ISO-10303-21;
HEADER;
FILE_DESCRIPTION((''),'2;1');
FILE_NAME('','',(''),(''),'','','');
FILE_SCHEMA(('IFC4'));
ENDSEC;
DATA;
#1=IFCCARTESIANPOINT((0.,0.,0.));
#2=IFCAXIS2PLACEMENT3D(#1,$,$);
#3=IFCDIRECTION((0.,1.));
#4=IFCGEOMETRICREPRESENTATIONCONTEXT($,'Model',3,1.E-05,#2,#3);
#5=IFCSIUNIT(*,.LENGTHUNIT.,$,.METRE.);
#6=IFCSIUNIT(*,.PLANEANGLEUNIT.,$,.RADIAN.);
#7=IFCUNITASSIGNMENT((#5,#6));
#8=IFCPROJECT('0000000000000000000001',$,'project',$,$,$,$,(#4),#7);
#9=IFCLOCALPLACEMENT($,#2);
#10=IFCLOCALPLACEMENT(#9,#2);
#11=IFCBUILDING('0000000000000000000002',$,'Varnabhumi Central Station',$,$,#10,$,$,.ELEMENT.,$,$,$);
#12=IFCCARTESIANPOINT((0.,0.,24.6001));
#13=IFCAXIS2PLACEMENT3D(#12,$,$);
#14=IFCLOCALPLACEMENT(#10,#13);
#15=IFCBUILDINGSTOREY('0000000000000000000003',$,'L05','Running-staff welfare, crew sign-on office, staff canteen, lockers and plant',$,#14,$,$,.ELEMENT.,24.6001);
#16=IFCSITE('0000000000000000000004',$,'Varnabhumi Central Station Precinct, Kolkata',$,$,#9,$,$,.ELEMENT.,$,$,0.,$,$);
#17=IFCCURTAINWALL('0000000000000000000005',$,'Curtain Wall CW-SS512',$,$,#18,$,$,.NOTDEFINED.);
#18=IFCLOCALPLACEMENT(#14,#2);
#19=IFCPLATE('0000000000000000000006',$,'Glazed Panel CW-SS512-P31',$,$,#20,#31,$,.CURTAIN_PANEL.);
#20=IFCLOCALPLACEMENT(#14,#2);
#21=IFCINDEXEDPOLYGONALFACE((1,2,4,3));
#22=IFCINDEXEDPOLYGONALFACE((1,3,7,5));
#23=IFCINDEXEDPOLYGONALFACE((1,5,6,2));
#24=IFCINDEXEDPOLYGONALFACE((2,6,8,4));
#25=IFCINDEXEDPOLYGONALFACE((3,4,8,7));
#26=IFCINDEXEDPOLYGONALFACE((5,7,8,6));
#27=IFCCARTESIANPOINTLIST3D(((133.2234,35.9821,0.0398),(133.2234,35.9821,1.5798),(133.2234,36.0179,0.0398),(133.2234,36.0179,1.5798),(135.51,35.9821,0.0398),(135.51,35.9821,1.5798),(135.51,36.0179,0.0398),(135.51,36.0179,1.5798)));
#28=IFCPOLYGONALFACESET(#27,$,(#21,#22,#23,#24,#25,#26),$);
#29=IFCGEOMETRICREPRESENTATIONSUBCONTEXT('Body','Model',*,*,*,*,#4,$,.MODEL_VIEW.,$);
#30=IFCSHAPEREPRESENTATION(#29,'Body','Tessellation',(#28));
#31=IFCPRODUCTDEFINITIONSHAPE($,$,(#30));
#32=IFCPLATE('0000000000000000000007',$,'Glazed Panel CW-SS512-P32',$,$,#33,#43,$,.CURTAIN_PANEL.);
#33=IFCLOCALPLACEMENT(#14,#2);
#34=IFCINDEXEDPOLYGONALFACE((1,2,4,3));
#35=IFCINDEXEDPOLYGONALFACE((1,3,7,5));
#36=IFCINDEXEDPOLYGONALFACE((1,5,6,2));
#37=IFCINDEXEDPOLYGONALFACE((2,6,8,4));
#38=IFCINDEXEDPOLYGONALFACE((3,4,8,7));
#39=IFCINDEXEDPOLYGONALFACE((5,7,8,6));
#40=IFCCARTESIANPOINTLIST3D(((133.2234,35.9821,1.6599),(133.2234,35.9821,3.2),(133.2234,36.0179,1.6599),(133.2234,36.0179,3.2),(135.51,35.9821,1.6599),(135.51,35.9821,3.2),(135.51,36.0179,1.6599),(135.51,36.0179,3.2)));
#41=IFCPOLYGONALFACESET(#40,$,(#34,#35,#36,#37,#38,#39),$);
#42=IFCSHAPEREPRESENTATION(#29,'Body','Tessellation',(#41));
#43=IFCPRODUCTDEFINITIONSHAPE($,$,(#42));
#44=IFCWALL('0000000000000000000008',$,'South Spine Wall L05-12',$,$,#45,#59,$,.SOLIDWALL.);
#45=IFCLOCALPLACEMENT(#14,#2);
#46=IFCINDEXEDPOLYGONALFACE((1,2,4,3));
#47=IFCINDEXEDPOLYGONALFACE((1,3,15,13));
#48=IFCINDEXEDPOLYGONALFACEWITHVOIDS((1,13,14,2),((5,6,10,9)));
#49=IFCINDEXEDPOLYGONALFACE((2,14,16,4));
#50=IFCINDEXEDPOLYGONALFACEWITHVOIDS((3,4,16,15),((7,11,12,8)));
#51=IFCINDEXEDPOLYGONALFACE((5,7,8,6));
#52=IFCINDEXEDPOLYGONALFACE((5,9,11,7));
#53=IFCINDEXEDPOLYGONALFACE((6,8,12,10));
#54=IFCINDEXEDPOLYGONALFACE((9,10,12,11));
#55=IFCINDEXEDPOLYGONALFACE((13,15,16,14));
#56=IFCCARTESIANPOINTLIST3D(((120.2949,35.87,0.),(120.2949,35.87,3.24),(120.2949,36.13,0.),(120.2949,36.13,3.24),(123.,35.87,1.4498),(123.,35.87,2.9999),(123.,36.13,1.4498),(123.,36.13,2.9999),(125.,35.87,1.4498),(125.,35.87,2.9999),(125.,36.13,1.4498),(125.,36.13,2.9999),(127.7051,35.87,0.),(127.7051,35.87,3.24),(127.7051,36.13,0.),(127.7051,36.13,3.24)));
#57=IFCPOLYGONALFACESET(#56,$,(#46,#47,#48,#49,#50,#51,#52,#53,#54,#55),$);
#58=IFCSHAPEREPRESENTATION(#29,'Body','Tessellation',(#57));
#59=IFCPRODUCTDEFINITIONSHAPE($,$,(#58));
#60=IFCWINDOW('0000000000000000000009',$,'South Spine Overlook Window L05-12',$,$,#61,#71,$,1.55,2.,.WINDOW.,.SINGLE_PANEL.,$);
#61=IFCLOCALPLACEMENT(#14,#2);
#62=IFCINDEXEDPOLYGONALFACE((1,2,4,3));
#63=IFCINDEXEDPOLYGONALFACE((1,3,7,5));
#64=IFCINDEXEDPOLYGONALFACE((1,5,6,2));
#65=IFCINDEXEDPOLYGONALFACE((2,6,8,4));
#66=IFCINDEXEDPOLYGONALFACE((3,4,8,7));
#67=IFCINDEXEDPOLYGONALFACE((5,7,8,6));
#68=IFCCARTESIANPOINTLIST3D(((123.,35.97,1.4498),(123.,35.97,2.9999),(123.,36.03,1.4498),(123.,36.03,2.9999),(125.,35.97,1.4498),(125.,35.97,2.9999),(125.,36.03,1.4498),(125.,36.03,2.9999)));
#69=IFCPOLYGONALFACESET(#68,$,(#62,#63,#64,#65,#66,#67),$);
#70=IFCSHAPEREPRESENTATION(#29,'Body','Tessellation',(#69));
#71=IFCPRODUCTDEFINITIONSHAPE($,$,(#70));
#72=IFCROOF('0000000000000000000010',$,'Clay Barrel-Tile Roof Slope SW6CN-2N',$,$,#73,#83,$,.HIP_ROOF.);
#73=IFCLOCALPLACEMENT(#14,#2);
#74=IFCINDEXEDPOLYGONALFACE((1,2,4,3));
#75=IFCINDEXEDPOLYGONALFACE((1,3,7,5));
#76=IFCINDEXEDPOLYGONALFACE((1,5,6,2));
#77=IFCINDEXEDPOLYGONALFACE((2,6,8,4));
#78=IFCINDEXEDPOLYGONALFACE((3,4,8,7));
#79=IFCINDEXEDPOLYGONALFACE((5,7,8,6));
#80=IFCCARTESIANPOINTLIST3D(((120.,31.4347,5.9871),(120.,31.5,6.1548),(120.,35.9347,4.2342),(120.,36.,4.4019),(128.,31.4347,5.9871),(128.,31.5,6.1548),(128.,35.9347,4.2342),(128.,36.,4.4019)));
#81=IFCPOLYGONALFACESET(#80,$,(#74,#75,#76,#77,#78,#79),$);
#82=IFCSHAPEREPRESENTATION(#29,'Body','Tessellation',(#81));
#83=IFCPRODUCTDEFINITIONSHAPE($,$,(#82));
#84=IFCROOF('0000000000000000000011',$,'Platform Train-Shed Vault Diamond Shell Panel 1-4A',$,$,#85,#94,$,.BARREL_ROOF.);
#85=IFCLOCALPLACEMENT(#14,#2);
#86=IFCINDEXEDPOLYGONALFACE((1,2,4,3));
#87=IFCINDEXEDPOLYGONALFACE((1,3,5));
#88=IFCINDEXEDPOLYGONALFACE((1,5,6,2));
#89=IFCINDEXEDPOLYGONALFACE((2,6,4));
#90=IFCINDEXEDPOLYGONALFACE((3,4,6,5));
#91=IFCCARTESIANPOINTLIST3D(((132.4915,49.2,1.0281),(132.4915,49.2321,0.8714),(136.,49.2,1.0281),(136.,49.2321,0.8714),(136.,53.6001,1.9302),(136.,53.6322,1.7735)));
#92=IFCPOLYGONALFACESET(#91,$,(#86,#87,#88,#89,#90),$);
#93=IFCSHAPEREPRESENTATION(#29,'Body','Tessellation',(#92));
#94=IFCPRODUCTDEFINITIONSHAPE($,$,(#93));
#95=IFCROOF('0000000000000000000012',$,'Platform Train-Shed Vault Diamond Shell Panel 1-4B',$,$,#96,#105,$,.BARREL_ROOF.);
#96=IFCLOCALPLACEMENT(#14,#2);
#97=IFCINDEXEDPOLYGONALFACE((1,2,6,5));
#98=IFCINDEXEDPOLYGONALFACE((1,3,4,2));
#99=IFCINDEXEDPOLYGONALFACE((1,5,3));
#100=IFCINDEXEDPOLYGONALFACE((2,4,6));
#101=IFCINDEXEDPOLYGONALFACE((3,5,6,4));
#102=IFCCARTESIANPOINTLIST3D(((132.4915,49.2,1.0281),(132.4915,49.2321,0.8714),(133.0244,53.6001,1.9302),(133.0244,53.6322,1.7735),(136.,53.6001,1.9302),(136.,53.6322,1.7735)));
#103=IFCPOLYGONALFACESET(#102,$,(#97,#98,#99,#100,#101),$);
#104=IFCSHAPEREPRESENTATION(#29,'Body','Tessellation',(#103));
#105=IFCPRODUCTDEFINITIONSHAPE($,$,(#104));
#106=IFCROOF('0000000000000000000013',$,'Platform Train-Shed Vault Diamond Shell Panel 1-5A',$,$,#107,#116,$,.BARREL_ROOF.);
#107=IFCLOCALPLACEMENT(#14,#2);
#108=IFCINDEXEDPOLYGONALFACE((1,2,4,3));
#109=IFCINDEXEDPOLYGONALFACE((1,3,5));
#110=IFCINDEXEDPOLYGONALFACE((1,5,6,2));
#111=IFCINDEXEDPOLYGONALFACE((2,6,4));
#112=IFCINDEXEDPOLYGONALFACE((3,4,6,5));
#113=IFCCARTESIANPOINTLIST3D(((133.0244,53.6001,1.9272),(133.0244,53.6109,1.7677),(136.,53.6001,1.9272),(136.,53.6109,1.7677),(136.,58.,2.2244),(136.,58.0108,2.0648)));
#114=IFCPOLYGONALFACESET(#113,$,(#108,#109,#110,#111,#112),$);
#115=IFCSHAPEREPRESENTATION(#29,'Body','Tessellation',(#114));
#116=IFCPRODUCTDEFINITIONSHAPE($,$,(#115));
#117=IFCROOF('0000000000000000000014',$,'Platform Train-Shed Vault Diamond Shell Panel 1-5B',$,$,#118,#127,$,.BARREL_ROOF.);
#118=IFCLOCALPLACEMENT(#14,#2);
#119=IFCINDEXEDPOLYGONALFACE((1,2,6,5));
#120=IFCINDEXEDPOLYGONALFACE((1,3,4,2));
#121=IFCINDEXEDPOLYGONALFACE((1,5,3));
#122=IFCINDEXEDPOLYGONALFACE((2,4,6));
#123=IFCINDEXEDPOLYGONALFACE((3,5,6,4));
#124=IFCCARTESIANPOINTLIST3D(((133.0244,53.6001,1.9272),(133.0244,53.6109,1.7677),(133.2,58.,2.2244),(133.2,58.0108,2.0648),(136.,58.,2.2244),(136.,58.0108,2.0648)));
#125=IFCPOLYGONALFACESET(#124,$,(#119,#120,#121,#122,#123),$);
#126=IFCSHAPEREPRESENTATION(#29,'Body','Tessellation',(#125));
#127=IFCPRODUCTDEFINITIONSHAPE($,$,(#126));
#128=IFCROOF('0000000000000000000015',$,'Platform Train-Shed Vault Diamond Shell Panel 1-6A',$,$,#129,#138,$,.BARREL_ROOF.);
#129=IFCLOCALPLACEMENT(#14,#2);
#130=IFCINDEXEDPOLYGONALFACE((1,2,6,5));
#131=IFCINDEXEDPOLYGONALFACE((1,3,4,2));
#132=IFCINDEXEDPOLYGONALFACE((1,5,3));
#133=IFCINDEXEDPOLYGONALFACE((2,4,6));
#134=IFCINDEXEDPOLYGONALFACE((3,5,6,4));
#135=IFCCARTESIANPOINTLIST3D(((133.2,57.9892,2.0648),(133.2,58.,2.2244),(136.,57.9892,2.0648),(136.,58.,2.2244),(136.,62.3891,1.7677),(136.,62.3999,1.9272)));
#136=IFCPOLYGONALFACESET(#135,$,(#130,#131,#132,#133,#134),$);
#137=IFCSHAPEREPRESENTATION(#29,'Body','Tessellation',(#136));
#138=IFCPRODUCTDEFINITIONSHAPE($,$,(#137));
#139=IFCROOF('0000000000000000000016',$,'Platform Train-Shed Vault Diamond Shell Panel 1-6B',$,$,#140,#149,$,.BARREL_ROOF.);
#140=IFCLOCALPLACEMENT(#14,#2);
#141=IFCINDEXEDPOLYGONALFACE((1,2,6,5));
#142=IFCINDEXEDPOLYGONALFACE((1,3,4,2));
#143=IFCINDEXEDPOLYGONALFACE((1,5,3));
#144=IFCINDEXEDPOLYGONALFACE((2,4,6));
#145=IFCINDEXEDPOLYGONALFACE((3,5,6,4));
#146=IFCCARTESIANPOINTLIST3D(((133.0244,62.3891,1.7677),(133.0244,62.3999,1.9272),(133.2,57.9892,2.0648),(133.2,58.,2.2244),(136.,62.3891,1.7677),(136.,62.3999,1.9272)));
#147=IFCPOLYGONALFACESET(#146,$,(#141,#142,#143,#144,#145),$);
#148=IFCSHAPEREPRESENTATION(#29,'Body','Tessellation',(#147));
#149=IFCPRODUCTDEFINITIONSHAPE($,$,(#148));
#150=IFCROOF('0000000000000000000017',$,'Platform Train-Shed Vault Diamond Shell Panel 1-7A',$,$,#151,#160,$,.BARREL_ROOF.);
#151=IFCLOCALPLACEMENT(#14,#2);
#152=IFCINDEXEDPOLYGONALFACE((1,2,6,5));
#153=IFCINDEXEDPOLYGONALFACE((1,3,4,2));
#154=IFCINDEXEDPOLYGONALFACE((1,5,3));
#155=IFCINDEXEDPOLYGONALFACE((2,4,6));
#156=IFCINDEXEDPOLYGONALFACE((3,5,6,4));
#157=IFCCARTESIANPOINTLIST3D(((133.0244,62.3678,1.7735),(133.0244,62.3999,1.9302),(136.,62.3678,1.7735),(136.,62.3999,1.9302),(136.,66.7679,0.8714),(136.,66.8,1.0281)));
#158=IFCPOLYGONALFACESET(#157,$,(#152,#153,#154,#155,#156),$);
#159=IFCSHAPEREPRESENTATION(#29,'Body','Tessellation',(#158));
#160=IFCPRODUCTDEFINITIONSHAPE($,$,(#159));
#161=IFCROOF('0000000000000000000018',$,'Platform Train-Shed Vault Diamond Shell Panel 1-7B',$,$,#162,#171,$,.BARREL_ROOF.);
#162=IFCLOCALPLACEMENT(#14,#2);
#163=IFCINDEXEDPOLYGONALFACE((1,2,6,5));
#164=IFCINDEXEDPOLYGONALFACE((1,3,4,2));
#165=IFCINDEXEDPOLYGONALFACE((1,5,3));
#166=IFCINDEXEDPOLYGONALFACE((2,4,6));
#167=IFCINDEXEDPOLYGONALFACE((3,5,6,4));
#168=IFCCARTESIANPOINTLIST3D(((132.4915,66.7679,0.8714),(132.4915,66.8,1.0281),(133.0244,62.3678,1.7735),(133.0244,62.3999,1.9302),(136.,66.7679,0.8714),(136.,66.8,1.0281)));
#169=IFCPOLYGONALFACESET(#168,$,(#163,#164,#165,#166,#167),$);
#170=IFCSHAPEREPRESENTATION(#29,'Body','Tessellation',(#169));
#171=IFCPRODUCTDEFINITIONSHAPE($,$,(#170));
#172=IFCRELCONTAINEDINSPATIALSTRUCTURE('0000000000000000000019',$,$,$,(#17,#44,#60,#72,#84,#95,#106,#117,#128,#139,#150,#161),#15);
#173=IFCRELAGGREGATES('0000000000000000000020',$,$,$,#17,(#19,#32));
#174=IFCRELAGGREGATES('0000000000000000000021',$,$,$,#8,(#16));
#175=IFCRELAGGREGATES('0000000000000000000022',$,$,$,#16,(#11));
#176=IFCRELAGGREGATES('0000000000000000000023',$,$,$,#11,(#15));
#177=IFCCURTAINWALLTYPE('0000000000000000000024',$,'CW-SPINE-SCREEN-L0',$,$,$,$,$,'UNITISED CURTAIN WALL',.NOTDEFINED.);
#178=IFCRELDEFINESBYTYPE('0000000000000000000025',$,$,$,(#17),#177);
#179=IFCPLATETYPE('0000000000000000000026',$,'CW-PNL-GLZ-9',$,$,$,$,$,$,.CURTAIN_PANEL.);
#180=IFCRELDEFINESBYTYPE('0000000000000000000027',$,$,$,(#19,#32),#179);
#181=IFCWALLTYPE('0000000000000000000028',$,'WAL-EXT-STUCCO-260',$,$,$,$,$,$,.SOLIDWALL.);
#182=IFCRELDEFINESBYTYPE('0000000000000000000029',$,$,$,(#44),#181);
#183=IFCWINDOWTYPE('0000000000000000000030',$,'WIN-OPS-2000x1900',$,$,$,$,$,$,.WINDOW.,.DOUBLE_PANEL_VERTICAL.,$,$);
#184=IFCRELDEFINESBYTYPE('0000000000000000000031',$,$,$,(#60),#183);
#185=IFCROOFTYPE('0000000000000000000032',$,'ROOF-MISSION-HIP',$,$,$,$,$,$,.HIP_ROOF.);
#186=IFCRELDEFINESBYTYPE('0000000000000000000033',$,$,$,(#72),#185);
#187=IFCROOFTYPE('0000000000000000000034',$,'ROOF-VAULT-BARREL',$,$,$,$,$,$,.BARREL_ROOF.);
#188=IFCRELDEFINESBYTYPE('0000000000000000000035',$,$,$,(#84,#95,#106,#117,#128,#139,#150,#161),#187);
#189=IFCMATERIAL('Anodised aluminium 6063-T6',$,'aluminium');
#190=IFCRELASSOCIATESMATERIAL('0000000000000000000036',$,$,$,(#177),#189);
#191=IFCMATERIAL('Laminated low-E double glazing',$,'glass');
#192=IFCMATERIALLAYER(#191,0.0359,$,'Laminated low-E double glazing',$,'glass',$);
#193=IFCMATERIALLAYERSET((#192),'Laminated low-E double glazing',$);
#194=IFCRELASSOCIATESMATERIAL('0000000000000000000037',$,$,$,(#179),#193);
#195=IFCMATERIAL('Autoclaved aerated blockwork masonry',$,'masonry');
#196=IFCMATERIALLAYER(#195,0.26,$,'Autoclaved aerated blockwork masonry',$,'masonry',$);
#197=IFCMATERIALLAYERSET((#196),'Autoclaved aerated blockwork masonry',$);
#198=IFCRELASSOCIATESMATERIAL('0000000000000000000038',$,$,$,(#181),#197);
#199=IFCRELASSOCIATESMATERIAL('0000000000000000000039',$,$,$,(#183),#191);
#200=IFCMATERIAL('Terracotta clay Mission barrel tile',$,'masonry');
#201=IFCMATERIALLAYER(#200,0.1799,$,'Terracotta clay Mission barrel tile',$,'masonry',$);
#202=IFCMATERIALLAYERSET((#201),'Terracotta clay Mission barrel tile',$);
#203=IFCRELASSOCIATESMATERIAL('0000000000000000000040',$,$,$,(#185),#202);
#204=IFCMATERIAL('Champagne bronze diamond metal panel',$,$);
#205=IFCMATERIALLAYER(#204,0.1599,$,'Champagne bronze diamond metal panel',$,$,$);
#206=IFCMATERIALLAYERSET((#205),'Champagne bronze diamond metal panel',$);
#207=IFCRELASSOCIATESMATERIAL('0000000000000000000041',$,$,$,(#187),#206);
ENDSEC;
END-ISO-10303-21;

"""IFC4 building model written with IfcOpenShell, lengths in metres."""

from ifc_helpers import new_model, si_unit, direction, frame, frame_2d, origin, origin_2d, place, context, subcontext, project, spatial, polyline, rectangle, outline, extrude, material, layer, layer_set, type_object, element, fill, aggregate, save


model = new_model("IFC4")

# Units and contexts
model_context = context("Model", 3, precision=1e-05, world=origin(), true_north=direction((0.0, 1.0)))
body_context = subcontext(model_context, "Body", "Model", "MODEL_VIEW")
ifc_project = project(units=[si_unit("LENGTHUNIT", "METRE"), si_unit("PLANEANGLEUNIT", "RADIAN")], contexts=[model_context])

# Site, building, storey
site_placement = place(None, origin())
site = spatial("IfcSite", under=ifc_project, at=site_placement, Name="Varnabhumi Central Station Precinct, Kolkata", CompositionType="ELEMENT", RefElevation=0.0)
building_placement = place(site_placement, origin())
building = spatial("IfcBuilding", under=site, at=building_placement, Name="Varnabhumi Central Station", CompositionType="ELEMENT")
storey_placement = place(building_placement, frame((0.0, 0.0, 24.6001)))
storey = spatial("IfcBuildingStorey", under=building, at=storey_placement, Name="L05", Description="Running-staff welfare, crew sign-on office, staff canteen, lockers and plant", CompositionType="ELEMENT", Elevation=24.6001)

# Curtain wall
ifc_material_1 = material(Name="Anodised aluminium 6063-T6", Category="aluminium")
curtain_wall_type = type_object("IfcCurtainWallType", Name="CW-SPINE-SCREEN-L0", ElementType="UNITISED CURTAIN WALL", PredefinedType="NOTDEFINED", material=ifc_material_1)
curtain_wall_placement = place(storey_placement, origin())
curtain_wall = element("IfcCurtainWall", 1, at=curtain_wall_placement, inside=storey, type_object=curtain_wall_type, Name="Curtain Wall CW-SS512", PredefinedType="NOTDEFINED")

# Plates
ifc_material_2 = material(Name="Laminated low-E double glazing", Category="glass")
ifc_layer_1 = layer(ifc_material_2, 0.0359, Name="Laminated low-E double glazing", Category="glass")
ifc_layer_set_1 = layer_set([ifc_layer_1], Name="Laminated low-E double glazing")
plate_type = type_object("IfcPlateType", Name="CW-PNL-GLZ-9", PredefinedType="CURTAIN_PANEL", material=ifc_layer_set_1)
plate_1_placement = place(storey_placement, frame((134.3667, 36.0, 0.0398), z_axis=(0.0, 0.0, 1.0), x_axis=(1.0, 0.0, 0.0)))
plate_1 = element("IfcPlate", 2, at=plate_1_placement, type_object=plate_type, Name="Glazed Panel CW-SS512-P31", PredefinedType="CURTAIN_PANEL", context=body_context, shape_type="SweptSolid", body=[
    extrude(rectangle(XDim=2.2866, YDim=0.0359, at=origin_2d()), origin(), (0.0, 0.0, 1.0), 1.54),
])
plate_2_placement = place(storey_placement, frame((134.3667, 36.0, 1.6599), z_axis=(0.0, 0.0, 1.0), x_axis=(1.0, 0.0, 0.0)))
plate_2 = element("IfcPlate", 3, at=plate_2_placement, type_object=plate_type, Name="Glazed Panel CW-SS512-P32", PredefinedType="CURTAIN_PANEL", context=body_context, shape_type="SweptSolid", body=[
    extrude(rectangle(XDim=2.2866, YDim=0.0359, at=origin_2d()), origin(), (0.0, 0.0, 1.0), 1.54),
])
aggregate(curtain_wall, [plate_1, plate_2])

# Wall, opening, window
ifc_material_3 = material(Name="Autoclaved aerated blockwork masonry", Category="masonry")
ifc_layer_2 = layer(ifc_material_3, 0.26, Name="Autoclaved aerated blockwork masonry", Category="masonry")
ifc_layer_set_2 = layer_set([ifc_layer_2], Name="Autoclaved aerated blockwork masonry")
wall_type = type_object("IfcWallType", Name="WAL-EXT-STUCCO-260", PredefinedType="SOLIDWALL", material=ifc_layer_set_2)
wall_placement = place(storey_placement, frame((120.2949, 36.0, 0.0), z_axis=(0.0, 0.0, 1.0), x_axis=(1.0, 0.0, 0.0)))
wall = element("IfcWall", 4, at=wall_placement, inside=storey, type_object=wall_type, Name="South Spine Wall L05-12", PredefinedType="SOLIDWALL", context=body_context, shape_type="SweptSolid", body=[
    extrude(rectangle(XDim=7.4102, YDim=0.26, at=frame_2d((3.7051, 0.0))), origin(), (0.0, 0.0, 1.0), 3.24),
])
opening_placement = place(wall_placement, frame((2.7051, 0.0, 1.45)))
opening = element("IfcOpeningElement", 5, at=opening_placement, cuts=wall, PredefinedType="OPENING", context=body_context, shape_type="SweptSolid", body=[
    extrude(rectangle(XDim=2.0, YDim=1.55, at=frame_2d((1.0, 0.7749))), frame((0.0, 0.1399, 0.0), z_axis=(0.0, -1.0, 0.0), x_axis=(1.0, 0.0, 0.0)), (0.0, 0.0, 1.0), 0.28),
])
window_type = type_object("IfcWindowType", Name="WIN-OPS-2000x1900", PartitioningType="DOUBLE_PANEL_VERTICAL", PredefinedType="WINDOW", material=ifc_material_2)
window_placement = place(opening_placement, origin())
window = element("IfcWindow", 6, at=window_placement, inside=storey, type_object=window_type, Name="South Spine Overlook Window L05-12", OverallHeight=1.55, OverallWidth=2.0, PartitioningType="SINGLE_PANEL", PredefinedType="WINDOW", context=body_context, shape_type="SweptSolid", body=[
    extrude(rectangle(XDim=2.0, YDim=1.55, at=frame_2d((1.0, 0.7749))), frame((0.0, 0.03, 0.0), z_axis=(0.0, -1.0, 0.0), x_axis=(1.0, 0.0, 0.0)), (0.0, 0.0, 1.0), 0.0601),
])
fill(opening, window)

# Roofs
ifc_material_4 = material(Name="Terracotta clay Mission barrel tile", Category="masonry")
ifc_layer_3 = layer(ifc_material_4, 0.1799, Name="Terracotta clay Mission barrel tile", Category="masonry")
ifc_layer_set_3 = layer_set([ifc_layer_3], Name="Terracotta clay Mission barrel tile")
roof_type_1 = type_object("IfcRoofType", Name="ROOF-MISSION-HIP", PredefinedType="HIP_ROOF", material=ifc_layer_set_3)
roof_1_placement = place(storey_placement, frame((128.0, 36.0, 4.4019), z_axis=(0.0, 0.362973, 0.9318), x_axis=(-1.0, 0.0, 0.0)))
element("IfcRoof", 7, at=roof_1_placement, inside=storey, type_object=roof_type_1, Name="Clay Barrel-Tile Roof Slope SW6CN-2N", PredefinedType="HIP_ROOF", context=body_context, shape_type="SweptSolid", body=[
    extrude(outline(polyline([(0.0, 0.0), (8.0, 0.0), (8.0, 4.8294), (0.0, 4.8294), (0.0, 0.0)])), origin(), (0.0, 0.0, -1.0), 0.1799),
])
ifc_material_5 = material(Name="Champagne bronze diamond metal panel")
ifc_layer_4 = layer(ifc_material_5, 0.1599, Name="Champagne bronze diamond metal panel")
ifc_layer_set_4 = layer_set([ifc_layer_4], Name="Champagne bronze diamond metal panel")
roof_type_2 = type_object("IfcRoofType", Name="ROOF-VAULT-BARREL", PredefinedType="BARREL_ROOF", material=ifc_layer_set_4)
roof_2_placement = place(storey_placement, frame((132.4915, 49.2, 1.0281), z_axis=(0.0, -0.200838, 0.979624), x_axis=(1.0, 0.0, 0.0)))
element("IfcRoof", 8, at=roof_2_placement, inside=storey, type_object=roof_type_2, Name="Platform Train-Shed Vault Diamond Shell Panel 1-4A", PredefinedType="BARREL_ROOF", context=body_context, shape_type="SweptSolid", body=[
    extrude(outline(polyline([(0.0, 0.0), (3.5085, 0.0), (3.5085, 4.4917), (0.0, 0.0)])), origin(), (0.0, 0.0, -1.0), 0.1599),
])
roof_3_placement = place(storey_placement, frame((132.4915, 49.2, 1.0281), z_axis=(0.0, -0.200838, 0.979624), x_axis=(0.615582, 0.772015, 0.158275)))
element("IfcRoof", 9, at=roof_3_placement, inside=storey, type_object=roof_type_2, Name="Platform Train-Shed Vault Diamond Shell Panel 1-4B", PredefinedType="BARREL_ROOF", context=body_context, shape_type="SweptSolid", body=[
    extrude(outline(polyline([(0.0, 0.0), (5.6996, 0.0), (3.8678, 2.345), (0.0, 0.0)])), origin(), (0.0, 0.0, -1.0), 0.1599),
])
roof_4_placement = place(storey_placement, frame((133.0244, 53.6001, 1.9272), z_axis=(0.0, -0.067375, 0.997728), x_axis=(1.0, 0.0, 0.0)))
element("IfcRoof", 10, at=roof_4_placement, inside=storey, type_object=roof_type_2, Name="Platform Train-Shed Vault Diamond Shell Panel 1-5A", PredefinedType="BARREL_ROOF", context=body_context, shape_type="SweptSolid", body=[
    extrude(outline(polyline([(0.0, 0.0), (2.9756, 0.0), (2.9756, 4.4099), (0.0, 0.0)])), origin(), (0.0, 0.0, -1.0), 0.1599),
])
roof_5_placement = place(storey_placement, frame((133.0244, 53.6001, 1.9272), z_axis=(0.0, -0.067375, 0.997728), x_axis=(0.559329, 0.827062, 0.05585)))
element("IfcRoof", 11, at=roof_5_placement, inside=storey, type_object=roof_type_2, Name="Platform Train-Shed Vault Diamond Shell Panel 1-5B", PredefinedType="BARREL_ROOF", context=body_context, shape_type="SweptSolid", body=[
    extrude(outline(polyline([(0.0, 0.0), (5.3199, 0.0), (3.7538, 2.3211), (0.0, 0.0)])), origin(), (0.0, 0.0, -1.0), 0.1599),
])
roof_6_placement = place(storey_placement, frame((133.2, 58.0, 2.2244), z_axis=(0.0, 0.067375, 0.997728), x_axis=(1.0, 0.0, 0.0)))
element("IfcRoof", 12, at=roof_6_placement, inside=storey, type_object=roof_type_2, Name="Platform Train-Shed Vault Diamond Shell Panel 1-6A", PredefinedType="BARREL_ROOF", context=body_context, shape_type="SweptSolid", body=[
    extrude(outline(polyline([(0.0, 0.0), (2.8, 0.0), (2.8, 4.4099), (0.0, 0.0)])), origin(), (0.0, 0.0, -1.0), 0.1599),
])
roof_7_placement = place(storey_placement, frame((133.2, 58.0, 2.2244), z_axis=(0.0, 0.067375, 0.997728), x_axis=(0.536021, 0.842286, -0.056878)))
element("IfcRoof", 13, at=roof_7_placement, inside=storey, type_object=roof_type_2, Name="Platform Train-Shed Vault Diamond Shell Panel 1-6B", PredefinedType="BARREL_ROOF", context=body_context, shape_type="SweptSolid", body=[
    extrude(outline(polyline([(0.0, 0.0), (5.2238, 0.0), (3.6288, 2.512), (0.0, 0.0)])), origin(), (0.0, 0.0, -1.0), 0.1599),
])
roof_8_placement = place(storey_placement, frame((133.0244, 62.3999, 1.9302), z_axis=(0.0, 0.200838, 0.979624), x_axis=(1.0, 0.0, 0.0)))
element("IfcRoof", 14, at=roof_8_placement, inside=storey, type_object=roof_type_2, Name="Platform Train-Shed Vault Diamond Shell Panel 1-7A", PredefinedType="BARREL_ROOF", context=body_context, shape_type="SweptSolid", body=[
    extrude(outline(polyline([(0.0, 0.0), (2.9756, 0.0), (2.9756, 4.4917), (0.0, 0.0)])), origin(), (0.0, 0.0, -1.0), 0.1599),
])
roof_9_placement = place(storey_placement, frame((133.0244, 62.3999, 1.9302), z_axis=(0.0, 0.200838, 0.979624), x_axis=(0.552275, 0.816676, -0.167431)))
element("IfcRoof", 15, at=roof_9_placement, inside=storey, type_object=roof_type_2, Name="Platform Train-Shed Vault Diamond Shell Panel 1-7B", PredefinedType="BARREL_ROOF", context=body_context, shape_type="SweptSolid", body=[
    extrude(outline(polyline([(0.0, 0.0), (5.3879, 0.0), (3.4502, 2.9249), (0.0, 0.0)])), origin(), (0.0, 0.0, -1.0), 0.1599),
])

save(model, "model.ifc")
